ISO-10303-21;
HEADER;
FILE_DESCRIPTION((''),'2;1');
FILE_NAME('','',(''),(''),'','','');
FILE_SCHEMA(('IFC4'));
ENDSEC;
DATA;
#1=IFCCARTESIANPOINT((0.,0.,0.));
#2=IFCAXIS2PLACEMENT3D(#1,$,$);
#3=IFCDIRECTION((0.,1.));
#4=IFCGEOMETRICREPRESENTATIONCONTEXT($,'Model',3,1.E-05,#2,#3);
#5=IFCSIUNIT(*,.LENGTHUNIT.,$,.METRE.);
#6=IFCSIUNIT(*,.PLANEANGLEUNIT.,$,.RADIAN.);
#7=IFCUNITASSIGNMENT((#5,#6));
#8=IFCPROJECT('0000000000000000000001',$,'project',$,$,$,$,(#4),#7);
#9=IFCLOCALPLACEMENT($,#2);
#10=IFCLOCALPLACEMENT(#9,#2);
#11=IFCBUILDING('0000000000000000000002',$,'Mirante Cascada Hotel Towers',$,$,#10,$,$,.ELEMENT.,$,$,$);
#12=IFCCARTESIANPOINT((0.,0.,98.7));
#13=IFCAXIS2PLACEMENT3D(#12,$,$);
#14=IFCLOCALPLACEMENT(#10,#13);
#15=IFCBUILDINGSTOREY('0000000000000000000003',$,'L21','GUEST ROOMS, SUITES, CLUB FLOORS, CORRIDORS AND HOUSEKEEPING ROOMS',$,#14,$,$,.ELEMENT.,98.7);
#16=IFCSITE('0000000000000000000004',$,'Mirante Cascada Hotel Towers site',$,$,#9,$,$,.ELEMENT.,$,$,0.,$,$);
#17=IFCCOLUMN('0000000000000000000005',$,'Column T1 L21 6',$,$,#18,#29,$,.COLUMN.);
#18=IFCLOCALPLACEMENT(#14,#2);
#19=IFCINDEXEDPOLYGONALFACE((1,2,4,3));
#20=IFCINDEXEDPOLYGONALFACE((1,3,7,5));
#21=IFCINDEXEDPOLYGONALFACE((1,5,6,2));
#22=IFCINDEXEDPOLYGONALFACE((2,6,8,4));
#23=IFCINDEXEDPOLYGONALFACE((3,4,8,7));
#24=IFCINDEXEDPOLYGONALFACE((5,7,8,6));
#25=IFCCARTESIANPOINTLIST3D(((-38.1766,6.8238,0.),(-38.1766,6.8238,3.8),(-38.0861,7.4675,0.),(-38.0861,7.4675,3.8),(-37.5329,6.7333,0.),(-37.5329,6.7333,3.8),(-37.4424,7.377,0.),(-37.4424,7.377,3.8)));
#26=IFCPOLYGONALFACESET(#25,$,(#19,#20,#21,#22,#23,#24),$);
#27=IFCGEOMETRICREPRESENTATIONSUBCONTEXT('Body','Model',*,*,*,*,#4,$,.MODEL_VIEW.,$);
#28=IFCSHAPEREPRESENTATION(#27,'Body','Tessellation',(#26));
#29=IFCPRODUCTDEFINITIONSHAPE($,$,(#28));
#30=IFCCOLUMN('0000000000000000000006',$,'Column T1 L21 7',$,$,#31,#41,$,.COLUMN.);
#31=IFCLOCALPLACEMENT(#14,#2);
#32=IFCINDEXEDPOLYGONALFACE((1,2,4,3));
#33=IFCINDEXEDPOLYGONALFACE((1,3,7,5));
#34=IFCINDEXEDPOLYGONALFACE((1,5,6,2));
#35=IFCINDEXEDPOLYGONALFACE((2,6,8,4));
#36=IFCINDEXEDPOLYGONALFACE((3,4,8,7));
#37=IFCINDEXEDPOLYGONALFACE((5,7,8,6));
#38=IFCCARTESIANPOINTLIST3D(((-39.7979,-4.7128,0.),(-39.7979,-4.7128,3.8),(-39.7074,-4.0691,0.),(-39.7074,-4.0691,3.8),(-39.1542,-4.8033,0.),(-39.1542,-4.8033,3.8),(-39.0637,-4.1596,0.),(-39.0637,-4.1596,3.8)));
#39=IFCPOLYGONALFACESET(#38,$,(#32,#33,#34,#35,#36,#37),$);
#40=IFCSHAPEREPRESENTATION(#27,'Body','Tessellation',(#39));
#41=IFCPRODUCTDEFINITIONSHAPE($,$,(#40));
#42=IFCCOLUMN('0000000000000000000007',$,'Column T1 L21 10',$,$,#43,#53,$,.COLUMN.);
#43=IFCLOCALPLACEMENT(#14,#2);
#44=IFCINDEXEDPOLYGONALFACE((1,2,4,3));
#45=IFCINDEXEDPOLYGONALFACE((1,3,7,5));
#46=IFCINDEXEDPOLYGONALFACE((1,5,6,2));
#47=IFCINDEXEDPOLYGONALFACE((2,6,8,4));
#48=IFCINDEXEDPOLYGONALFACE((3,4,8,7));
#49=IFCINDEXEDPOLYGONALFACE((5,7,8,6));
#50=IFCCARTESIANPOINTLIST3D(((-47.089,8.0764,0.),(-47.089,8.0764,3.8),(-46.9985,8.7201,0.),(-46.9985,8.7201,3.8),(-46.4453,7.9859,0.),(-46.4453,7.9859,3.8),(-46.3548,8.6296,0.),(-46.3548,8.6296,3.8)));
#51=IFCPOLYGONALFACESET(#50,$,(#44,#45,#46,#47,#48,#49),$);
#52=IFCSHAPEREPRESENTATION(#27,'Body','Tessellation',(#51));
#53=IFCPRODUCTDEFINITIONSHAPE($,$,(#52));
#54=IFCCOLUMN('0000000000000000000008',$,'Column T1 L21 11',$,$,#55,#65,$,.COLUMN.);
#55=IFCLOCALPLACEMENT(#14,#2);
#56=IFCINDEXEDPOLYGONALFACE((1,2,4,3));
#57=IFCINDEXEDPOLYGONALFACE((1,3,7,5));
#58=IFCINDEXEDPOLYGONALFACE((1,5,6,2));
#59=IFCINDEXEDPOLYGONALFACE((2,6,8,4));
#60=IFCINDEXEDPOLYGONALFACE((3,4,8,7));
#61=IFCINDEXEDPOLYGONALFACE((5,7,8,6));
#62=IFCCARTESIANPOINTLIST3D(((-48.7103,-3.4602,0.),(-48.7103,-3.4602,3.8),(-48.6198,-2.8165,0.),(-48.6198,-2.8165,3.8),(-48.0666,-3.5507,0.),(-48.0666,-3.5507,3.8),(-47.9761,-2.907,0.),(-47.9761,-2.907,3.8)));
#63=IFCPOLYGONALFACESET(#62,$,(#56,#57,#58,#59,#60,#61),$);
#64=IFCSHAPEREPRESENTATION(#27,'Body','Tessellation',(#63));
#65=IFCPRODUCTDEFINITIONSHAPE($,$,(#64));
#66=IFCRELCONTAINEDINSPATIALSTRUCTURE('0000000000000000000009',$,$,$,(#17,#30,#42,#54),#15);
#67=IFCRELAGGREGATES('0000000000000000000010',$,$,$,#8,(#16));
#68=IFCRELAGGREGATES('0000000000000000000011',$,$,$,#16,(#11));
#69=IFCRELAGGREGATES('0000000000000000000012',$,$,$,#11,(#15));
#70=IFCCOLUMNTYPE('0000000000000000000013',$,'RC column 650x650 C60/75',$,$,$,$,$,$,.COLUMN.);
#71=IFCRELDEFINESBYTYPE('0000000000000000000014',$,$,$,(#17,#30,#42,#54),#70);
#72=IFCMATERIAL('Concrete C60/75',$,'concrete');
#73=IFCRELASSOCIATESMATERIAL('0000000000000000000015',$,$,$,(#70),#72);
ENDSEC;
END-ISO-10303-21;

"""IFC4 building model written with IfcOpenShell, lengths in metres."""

from ifc_helpers import new_model, si_unit, direction, frame, origin, origin_2d, place, context, subcontext, project, spatial, rectangle, extrude, material, material_profile, profile_set, type_object, element, save


model = new_model("IFC4")

# Units and contexts
model_context = context("Model", 3, precision=1e-05, world=origin(), true_north=direction((0.0, 1.0)))
body_context = subcontext(model_context, "Body", "Model", "MODEL_VIEW")
ifc_project = project(units=[si_unit("LENGTHUNIT", "METRE"), si_unit("PLANEANGLEUNIT", "RADIAN")], contexts=[model_context])

# Site, building, storey
site_placement = place(None, origin())
site = spatial("IfcSite", under=ifc_project, at=site_placement, Name="Mirante Cascada Hotel Towers site", CompositionType="ELEMENT", RefElevation=0.0)
building_placement = place(site_placement, origin())
building = spatial("IfcBuilding", under=site, at=building_placement, Name="Mirante Cascada Hotel Towers", CompositionType="ELEMENT")
storey_placement = place(building_placement, frame((0.0, 0.0, 98.7)))
storey = spatial("IfcBuildingStorey", under=building, at=storey_placement, Name="L21", Description="GUEST ROOMS, SUITES, CLUB FLOORS, CORRIDORS AND HOUSEKEEPING ROOMS", CompositionType="ELEMENT", Elevation=98.7)

# Columns
ifc_material_1 = material(Name="Concrete C60/75", Category="concrete")
ifc_material_profile = material_profile(ifc_material_1, rectangle(XDim=0.65, YDim=0.65, at=origin_2d()), Name="RC column 650x650 C60/75")
ifc_profile_set = profile_set([ifc_material_profile], Name="Concrete C60/75")
column_type = type_object("IfcColumnType", Name="RC column 650x650 C60/75", PredefinedType="COLUMN", material=ifc_profile_set)
for number, where, z_axis, x_axis, name in (
    (1, (-37.8095, 7.1004, 0.0), (0.0, 0.0, 1.0), (-0.990268, 0.139173, 0.0), "Column T1 L21 6"),
    (2, (-39.4308, -4.4362, 0.0), (0.0, 0.0, 1.0), (-0.990268, 0.139173, 0.0), "Column T1 L21 7"),
    (3, (-46.7219, 8.353, 0.0), (0.0, 0.0, 1.0), (-0.990268, 0.139173, 0.0), "Column T1 L21 10"),
    (4, (-48.3432, -3.1836, 0.0), (0.0, 0.0, 1.0), (-0.990268, 0.139173, 0.0), "Column T1 L21 11"),
):
    element("IfcColumn", number, at=place(storey_placement, frame(where, z_axis=z_axis, x_axis=x_axis)), inside=storey, type_object=column_type, Name=name, PredefinedType="COLUMN", context=body_context, shape_type="SweptSolid", body=[
        extrude(rectangle(XDim=0.65, YDim=0.65, at=origin_2d()), origin(), (0.0, 0.0, 1.0), 3.8),
    ])

save(model, "model.ifc")
